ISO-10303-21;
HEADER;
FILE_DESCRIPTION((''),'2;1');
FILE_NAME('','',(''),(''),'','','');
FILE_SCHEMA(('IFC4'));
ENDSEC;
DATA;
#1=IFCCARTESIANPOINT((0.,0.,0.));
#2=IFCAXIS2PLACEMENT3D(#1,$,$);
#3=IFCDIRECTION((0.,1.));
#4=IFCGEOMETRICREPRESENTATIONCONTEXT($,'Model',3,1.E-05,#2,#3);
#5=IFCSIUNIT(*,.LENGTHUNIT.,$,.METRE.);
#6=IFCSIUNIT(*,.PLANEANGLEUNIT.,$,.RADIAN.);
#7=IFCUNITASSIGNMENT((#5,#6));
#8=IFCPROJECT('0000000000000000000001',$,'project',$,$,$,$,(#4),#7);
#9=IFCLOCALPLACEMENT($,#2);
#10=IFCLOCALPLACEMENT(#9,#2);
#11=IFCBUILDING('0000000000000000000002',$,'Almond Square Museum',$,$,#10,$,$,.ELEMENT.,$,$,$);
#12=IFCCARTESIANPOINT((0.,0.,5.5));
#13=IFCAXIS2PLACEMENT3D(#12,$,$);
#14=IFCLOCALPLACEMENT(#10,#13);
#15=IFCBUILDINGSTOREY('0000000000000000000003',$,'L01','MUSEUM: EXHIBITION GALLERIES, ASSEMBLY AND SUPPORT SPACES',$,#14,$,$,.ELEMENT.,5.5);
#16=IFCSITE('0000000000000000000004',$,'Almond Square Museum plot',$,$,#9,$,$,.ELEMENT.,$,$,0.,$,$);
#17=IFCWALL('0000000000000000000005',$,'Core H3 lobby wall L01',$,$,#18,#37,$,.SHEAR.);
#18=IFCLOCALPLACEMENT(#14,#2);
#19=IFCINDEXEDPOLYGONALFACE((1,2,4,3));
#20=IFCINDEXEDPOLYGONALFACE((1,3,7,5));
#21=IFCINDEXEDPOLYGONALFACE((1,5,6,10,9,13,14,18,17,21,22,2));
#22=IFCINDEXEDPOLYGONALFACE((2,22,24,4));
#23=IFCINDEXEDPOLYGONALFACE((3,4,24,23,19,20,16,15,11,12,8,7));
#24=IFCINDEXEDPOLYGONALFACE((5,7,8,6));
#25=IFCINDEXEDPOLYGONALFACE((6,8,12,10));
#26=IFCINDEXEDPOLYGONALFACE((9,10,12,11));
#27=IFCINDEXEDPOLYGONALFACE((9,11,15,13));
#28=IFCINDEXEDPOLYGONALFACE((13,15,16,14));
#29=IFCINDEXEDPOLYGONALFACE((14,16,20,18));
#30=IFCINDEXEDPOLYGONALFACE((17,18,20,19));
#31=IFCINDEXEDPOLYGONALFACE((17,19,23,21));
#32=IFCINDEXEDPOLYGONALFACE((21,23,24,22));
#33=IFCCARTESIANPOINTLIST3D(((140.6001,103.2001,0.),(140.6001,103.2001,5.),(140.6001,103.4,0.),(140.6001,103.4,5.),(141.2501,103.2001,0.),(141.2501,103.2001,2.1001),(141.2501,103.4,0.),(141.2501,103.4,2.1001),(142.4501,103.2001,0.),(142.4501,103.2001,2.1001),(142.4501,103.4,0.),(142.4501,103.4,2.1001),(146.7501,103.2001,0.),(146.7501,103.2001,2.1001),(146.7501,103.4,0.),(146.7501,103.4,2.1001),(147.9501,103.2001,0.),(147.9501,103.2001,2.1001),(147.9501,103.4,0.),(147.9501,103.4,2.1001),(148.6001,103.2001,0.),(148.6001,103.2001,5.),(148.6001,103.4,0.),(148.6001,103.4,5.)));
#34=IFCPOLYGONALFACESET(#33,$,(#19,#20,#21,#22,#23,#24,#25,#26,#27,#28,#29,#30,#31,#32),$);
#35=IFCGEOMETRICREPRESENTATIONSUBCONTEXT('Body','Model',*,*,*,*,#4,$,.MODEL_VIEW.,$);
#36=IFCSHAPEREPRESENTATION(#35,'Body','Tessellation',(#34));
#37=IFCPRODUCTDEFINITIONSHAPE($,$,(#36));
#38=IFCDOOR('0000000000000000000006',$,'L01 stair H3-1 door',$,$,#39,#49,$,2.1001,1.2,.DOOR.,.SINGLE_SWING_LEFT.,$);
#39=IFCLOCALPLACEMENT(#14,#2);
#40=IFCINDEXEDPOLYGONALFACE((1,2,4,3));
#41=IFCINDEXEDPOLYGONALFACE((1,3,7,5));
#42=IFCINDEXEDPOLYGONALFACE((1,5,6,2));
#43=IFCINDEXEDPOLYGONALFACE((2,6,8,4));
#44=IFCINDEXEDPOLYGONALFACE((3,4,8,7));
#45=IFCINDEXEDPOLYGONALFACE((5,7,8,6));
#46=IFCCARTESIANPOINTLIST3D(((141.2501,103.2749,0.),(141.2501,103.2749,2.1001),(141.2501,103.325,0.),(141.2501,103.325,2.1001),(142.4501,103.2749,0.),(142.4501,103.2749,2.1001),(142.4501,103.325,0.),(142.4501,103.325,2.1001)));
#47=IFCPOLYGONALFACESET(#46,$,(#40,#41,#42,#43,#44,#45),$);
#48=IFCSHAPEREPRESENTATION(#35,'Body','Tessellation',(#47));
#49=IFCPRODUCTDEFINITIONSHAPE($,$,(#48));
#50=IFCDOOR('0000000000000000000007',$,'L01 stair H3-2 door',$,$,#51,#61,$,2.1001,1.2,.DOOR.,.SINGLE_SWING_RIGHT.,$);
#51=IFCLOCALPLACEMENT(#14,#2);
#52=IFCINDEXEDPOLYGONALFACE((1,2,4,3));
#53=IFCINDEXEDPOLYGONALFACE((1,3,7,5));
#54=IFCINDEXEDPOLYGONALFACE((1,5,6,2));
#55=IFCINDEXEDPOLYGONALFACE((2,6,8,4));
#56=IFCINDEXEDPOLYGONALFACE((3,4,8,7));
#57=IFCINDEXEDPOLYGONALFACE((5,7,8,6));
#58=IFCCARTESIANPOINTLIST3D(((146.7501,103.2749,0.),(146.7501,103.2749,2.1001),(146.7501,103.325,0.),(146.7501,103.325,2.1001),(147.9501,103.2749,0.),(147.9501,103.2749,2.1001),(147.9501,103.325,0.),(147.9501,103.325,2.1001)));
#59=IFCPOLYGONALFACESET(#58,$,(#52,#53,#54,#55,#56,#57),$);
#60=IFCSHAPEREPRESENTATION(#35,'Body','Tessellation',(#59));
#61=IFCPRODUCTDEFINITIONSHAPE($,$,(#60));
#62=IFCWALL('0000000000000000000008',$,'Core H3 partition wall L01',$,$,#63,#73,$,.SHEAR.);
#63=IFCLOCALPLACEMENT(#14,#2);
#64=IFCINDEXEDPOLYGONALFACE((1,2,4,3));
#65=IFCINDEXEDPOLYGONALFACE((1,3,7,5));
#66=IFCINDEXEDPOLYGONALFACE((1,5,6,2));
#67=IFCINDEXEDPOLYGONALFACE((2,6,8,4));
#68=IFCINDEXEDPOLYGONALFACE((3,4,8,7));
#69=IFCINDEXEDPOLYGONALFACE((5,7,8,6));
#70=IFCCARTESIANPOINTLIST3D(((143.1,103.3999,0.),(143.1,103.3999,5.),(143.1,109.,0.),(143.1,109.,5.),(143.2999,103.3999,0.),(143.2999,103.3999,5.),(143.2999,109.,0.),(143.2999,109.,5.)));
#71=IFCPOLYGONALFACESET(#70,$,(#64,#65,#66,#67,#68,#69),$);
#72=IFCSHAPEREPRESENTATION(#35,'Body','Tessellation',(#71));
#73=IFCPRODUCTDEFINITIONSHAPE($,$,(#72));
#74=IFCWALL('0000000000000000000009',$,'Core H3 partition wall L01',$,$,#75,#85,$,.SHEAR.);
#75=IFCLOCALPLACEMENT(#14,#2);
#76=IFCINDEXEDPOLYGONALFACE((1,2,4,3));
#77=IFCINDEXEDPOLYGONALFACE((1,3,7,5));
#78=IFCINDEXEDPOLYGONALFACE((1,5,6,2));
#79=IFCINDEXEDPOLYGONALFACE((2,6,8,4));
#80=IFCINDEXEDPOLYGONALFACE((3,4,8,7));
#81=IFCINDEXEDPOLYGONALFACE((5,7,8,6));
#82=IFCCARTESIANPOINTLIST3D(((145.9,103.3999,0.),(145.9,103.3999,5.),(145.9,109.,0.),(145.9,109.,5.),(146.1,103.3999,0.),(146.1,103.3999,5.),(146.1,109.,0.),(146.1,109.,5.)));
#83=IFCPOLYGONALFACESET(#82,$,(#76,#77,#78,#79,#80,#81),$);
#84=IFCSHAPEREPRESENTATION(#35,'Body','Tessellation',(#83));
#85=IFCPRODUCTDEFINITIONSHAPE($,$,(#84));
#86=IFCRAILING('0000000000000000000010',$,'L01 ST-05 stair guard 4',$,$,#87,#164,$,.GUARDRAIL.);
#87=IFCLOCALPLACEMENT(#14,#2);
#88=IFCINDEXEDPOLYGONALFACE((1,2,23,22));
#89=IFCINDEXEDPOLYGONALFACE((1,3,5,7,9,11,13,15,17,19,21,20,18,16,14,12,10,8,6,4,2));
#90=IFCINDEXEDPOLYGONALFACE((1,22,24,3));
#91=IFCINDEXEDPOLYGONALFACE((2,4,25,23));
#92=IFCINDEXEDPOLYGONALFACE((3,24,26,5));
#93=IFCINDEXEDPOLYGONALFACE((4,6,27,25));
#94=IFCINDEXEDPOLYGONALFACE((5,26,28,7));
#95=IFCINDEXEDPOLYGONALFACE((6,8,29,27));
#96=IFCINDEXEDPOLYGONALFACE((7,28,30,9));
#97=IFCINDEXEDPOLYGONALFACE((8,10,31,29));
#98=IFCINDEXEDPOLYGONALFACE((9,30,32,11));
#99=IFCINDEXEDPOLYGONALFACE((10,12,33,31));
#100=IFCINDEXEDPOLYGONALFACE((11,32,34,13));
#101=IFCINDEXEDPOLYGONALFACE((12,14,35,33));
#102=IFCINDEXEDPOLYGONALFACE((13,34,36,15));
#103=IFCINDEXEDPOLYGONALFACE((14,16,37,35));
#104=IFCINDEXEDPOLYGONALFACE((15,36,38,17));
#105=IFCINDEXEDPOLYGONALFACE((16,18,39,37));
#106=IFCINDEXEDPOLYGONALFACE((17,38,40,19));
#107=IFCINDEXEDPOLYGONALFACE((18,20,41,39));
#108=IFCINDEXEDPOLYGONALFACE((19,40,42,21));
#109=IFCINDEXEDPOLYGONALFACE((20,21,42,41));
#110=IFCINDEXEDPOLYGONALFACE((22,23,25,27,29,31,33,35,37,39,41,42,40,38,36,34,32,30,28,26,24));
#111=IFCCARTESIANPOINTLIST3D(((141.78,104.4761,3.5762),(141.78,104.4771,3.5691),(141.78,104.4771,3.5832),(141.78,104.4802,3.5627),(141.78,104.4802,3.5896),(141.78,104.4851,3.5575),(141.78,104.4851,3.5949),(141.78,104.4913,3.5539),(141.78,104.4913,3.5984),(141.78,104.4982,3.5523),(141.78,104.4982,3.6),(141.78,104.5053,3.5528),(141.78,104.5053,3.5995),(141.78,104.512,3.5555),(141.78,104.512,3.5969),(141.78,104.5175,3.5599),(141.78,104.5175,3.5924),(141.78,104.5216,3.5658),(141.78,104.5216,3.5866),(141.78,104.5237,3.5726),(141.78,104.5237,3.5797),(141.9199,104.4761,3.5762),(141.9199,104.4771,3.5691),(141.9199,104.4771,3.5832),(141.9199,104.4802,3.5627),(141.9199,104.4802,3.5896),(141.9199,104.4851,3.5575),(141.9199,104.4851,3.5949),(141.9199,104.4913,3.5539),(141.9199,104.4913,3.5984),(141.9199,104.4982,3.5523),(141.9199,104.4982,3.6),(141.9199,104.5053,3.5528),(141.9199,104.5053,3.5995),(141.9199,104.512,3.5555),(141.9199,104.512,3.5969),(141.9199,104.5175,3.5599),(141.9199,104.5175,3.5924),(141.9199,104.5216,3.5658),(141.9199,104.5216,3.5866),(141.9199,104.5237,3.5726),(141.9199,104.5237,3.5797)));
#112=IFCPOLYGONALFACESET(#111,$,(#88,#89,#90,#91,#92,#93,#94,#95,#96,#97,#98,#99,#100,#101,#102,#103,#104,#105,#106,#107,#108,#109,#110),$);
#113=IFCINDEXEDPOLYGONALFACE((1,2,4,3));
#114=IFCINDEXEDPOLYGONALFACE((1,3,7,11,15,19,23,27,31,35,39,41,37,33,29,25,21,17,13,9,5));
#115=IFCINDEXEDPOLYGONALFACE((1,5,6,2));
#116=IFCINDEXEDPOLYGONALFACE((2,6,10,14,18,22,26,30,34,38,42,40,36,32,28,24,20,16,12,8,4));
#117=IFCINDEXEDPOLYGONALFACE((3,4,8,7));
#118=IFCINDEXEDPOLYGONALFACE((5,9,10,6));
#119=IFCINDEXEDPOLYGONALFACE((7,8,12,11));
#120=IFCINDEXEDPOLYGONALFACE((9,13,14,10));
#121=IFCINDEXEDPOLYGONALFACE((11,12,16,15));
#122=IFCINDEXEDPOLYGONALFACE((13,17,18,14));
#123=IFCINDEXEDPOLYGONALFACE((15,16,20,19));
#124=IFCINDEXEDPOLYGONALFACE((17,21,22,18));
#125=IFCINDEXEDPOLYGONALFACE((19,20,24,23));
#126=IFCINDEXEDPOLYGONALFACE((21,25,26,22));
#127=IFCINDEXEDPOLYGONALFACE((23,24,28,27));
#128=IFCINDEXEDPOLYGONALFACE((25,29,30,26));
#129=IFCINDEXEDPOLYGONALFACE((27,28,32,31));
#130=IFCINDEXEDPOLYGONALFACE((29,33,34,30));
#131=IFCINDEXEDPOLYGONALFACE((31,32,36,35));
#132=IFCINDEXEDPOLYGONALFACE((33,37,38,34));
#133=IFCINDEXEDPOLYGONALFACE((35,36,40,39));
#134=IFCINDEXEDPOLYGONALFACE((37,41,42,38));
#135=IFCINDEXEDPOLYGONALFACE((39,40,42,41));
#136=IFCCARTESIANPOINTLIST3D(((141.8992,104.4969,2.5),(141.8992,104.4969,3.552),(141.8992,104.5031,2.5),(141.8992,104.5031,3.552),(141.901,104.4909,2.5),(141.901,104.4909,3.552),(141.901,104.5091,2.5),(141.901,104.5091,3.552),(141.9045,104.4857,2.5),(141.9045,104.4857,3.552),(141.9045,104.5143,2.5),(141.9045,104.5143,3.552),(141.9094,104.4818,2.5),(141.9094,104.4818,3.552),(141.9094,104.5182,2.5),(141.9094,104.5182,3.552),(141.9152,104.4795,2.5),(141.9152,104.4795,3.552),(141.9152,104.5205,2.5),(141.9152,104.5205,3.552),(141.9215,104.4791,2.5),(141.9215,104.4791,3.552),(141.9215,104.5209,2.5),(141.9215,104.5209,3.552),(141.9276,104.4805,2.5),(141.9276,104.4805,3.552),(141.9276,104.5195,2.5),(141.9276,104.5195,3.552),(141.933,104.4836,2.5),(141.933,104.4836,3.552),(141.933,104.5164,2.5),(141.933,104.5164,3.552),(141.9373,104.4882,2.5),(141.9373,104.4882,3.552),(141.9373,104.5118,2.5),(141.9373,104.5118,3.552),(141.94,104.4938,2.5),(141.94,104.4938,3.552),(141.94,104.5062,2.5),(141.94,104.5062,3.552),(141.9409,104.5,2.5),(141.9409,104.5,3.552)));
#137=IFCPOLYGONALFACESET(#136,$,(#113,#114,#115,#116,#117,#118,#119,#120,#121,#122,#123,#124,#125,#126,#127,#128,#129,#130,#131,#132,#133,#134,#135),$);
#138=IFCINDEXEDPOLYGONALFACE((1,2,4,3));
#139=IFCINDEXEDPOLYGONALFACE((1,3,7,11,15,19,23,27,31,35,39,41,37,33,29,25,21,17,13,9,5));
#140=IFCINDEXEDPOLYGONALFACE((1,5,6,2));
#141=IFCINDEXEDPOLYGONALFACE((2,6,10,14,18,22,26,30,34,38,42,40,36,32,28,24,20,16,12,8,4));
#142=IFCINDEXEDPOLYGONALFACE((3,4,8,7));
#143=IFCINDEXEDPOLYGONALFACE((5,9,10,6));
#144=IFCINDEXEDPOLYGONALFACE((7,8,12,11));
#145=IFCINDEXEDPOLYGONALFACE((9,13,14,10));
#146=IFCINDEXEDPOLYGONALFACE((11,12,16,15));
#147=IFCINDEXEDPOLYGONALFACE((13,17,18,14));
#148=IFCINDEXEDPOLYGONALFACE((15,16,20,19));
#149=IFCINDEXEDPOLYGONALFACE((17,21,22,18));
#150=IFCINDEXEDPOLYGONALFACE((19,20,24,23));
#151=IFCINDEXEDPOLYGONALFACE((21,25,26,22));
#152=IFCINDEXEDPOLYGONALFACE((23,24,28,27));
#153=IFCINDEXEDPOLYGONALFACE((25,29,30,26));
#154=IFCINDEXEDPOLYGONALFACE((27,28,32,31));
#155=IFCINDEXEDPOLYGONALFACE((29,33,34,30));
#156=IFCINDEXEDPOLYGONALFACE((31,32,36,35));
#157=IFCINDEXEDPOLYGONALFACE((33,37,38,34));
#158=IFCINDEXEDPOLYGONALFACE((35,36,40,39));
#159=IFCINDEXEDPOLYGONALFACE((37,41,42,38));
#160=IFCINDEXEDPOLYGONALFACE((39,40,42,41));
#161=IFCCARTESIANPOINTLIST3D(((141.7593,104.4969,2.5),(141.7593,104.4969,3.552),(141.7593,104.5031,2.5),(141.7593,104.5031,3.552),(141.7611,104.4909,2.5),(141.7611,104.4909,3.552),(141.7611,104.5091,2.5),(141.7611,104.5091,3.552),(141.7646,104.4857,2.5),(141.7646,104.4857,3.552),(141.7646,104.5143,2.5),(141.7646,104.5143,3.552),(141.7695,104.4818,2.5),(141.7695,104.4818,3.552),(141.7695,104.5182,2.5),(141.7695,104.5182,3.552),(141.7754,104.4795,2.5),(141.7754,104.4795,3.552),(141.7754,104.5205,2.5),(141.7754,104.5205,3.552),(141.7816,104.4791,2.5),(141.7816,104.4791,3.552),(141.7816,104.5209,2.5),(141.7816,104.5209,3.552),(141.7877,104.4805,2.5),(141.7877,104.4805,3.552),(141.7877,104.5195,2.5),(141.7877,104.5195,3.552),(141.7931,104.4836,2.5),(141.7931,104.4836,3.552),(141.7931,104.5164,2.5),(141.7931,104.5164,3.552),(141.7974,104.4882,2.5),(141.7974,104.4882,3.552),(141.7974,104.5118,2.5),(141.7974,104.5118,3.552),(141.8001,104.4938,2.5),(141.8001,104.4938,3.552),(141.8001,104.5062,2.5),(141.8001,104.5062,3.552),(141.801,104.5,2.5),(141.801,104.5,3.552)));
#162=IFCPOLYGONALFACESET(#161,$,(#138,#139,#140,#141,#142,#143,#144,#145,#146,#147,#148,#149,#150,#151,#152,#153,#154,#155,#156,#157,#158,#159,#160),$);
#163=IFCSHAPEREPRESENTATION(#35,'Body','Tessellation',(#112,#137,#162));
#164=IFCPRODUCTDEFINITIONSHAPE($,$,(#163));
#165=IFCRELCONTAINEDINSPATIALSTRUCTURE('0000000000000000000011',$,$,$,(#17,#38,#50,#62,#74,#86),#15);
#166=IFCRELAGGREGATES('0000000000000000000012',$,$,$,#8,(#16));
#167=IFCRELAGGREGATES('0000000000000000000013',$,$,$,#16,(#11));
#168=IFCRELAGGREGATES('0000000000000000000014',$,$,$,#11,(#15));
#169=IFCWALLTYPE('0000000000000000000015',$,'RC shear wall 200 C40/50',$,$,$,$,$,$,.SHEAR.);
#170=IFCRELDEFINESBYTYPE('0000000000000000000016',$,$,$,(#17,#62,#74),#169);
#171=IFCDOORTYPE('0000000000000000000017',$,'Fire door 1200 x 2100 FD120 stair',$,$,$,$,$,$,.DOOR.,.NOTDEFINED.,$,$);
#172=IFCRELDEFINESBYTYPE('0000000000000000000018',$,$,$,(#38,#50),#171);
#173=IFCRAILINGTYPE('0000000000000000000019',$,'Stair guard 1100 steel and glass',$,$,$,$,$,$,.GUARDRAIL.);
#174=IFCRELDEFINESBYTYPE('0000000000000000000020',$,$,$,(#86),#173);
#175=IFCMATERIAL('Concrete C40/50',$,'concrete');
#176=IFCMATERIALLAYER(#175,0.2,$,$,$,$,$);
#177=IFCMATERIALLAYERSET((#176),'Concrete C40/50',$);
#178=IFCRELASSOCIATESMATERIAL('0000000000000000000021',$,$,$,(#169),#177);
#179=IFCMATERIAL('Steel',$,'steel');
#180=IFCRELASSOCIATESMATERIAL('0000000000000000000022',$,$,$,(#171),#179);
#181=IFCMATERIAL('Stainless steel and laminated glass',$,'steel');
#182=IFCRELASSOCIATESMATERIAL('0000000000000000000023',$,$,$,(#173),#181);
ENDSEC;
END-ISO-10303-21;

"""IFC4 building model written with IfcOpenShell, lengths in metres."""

from ifc_helpers import new_model, si_unit, direction, frame, frame_2d, origin, origin_2d, place, context, subcontext, project, spatial, rectangle, circle, extrude, material, layer, layer_set, type_object, element, fill, save


model = new_model("IFC4")

# Units and contexts
model_context = context("Model", 3, precision=1e-05, world=origin(), true_north=direction((0.0, 1.0)))
body_context = subcontext(model_context, "Body", "Model", "MODEL_VIEW")
ifc_project = project(units=[si_unit("LENGTHUNIT", "METRE"), si_unit("PLANEANGLEUNIT", "RADIAN")], contexts=[model_context])

# Site, building, storey
site_placement = place(None, origin())
site = spatial("IfcSite", under=ifc_project, at=site_placement, Name="Almond Square Museum plot", CompositionType="ELEMENT", RefElevation=0.0)
building_placement = place(site_placement, origin())
building = spatial("IfcBuilding", under=site, at=building_placement, Name="Almond Square Museum", CompositionType="ELEMENT")
storey_placement = place(building_placement, frame((0.0, 0.0, 5.5)))
storey = spatial("IfcBuildingStorey", under=building, at=storey_placement, Name="L01", Description="MUSEUM: EXHIBITION GALLERIES, ASSEMBLY AND SUPPORT SPACES", CompositionType="ELEMENT", Elevation=5.5)

# Shared definitions
ifc_material_1 = material(Name="Concrete C40/50", Category="concrete")
ifc_layer_1 = layer(ifc_material_1, 0.2)
ifc_layer_set_1 = layer_set([ifc_layer_1], Name="Concrete C40/50")
wall_type_1 = type_object("IfcWallType", Name="RC shear wall 200 C40/50", PredefinedType="SHEAR", material=ifc_layer_set_1)

# Wall, openings, doors
wall_1_placement = place(storey_placement, frame((140.6001, 103.3, 0.0), z_axis=(0.0, 0.0, 1.0), x_axis=(1.0, 0.0, 0.0)))
wall_1 = element("IfcWall", 1, at=wall_1_placement, inside=storey, type_object=wall_type_1, Name="Core H3 lobby wall L01", PredefinedType="SHEAR", context=body_context, shape_type="SweptSolid", body=[
    extrude(rectangle(XDim=8.0, YDim=0.2, at=frame_2d((4.0, 0.0))), origin(), (0.0, 0.0, 1.0), 5.0),
])
opening_1_placement = place(wall_1_placement, frame((0.6499, 0.0, 0.0)))
opening_1 = element("IfcOpeningElement", 2, at=opening_1_placement, cuts=wall_1, PredefinedType="OPENING", context=body_context, shape_type="SweptSolid", body=[
    extrude(rectangle(XDim=1.2, YDim=2.1001, at=frame_2d((0.6001, 1.05))), frame((0.0, 0.1099, 0.0), z_axis=(0.0, -1.0, 0.0), x_axis=(1.0, 0.0, 0.0)), (0.0, 0.0, 1.0), 0.22),
])
opening_2_placement = place(wall_1_placement, frame((6.1499, 0.0, 0.0)))
opening_2 = element("IfcOpeningElement", 3, at=opening_2_placement, cuts=wall_1, PredefinedType="OPENING", context=body_context, shape_type="SweptSolid", body=[
    extrude(rectangle(XDim=1.2, YDim=2.1001, at=frame_2d((0.6001, 1.05))), frame((0.0, 0.1099, 0.0), z_axis=(0.0, -1.0, 0.0), x_axis=(1.0, 0.0, 0.0)), (0.0, 0.0, 1.0), 0.22),
])
ifc_material_2 = material(Name="Steel", Category="steel")
door_type_1 = type_object("IfcDoorType", Name="Fire door 1200 x 2100 FD120 stair", OperationType="NOTDEFINED", PredefinedType="DOOR", material=ifc_material_2)
door_1_placement = place(opening_1_placement, origin())
door_1 = element("IfcDoor", 4, at=door_1_placement, inside=storey, type_object=door_type_1, Name="L01 stair H3-1 door", OperationType="SINGLE_SWING_LEFT", OverallHeight=2.1001, OverallWidth=1.2, PredefinedType="DOOR", context=body_context, shape_type="SweptSolid", body=[
    extrude(rectangle(XDim=1.2, YDim=2.1001, at=frame_2d((0.6001, 1.05))), frame((0.0, 0.0249, 0.0), z_axis=(0.0, -1.0, 0.0), x_axis=(1.0, 0.0, 0.0)), (0.0, 0.0, 1.0), 0.05),
])
fill(opening_1, door_1)
door_2_placement = place(opening_2_placement, origin())
door_2 = element("IfcDoor", 5, at=door_2_placement, inside=storey, type_object=door_type_1, Name="L01 stair H3-2 door", OperationType="SINGLE_SWING_RIGHT", OverallHeight=2.1001, OverallWidth=1.2, PredefinedType="DOOR", context=body_context, shape_type="SweptSolid", body=[
    extrude(rectangle(XDim=1.2, YDim=2.1001, at=frame_2d((0.6001, 1.05))), frame((0.0, 0.0249, 0.0), z_axis=(0.0, -1.0, 0.0), x_axis=(1.0, 0.0, 0.0)), (0.0, 0.0, 1.0), 0.05),
])
fill(opening_2, door_2)

# Walls
for number, where, z_axis, x_axis, name in (
    (6, (143.2, 103.3999, 0.0), (0.0, 0.0, 1.0), (0.0, 1.0, 0.0), "Core H3 partition wall L01"),
    (7, (146.0, 103.3999, 0.0), (0.0, 0.0, 1.0), (0.0, 1.0, 0.0), "Core H3 partition wall L01"),
):
    element("IfcWall", number, at=place(storey_placement, frame(where, z_axis=z_axis, x_axis=x_axis)), inside=storey, type_object=wall_type_1, Name=name, PredefinedType="SHEAR", context=body_context, shape_type="SweptSolid", body=[
        extrude(rectangle(XDim=5.6001, YDim=0.2, at=frame_2d((2.8, 0.0))), origin(), (0.0, 0.0, 1.0), 5.0),
    ])

# Railing
ifc_material_3 = material(Name="Stainless steel and laminated glass", Category="steel")
railing_type = type_object("IfcRailingType", Name="Stair guard 1100 steel and glass", PredefinedType="GUARDRAIL", material=ifc_material_3)
for number, where, name in (
    (8, (141.9199, 104.5, 2.5), "L01 ST-05 stair guard 4"),
):
    element("IfcRailing", number, at=place(storey_placement, frame(where)), inside=storey, type_object=railing_type, Name=name, PredefinedType="GUARDRAIL", context=body_context, shape_type="SweptSolid", body=[
        extrude(circle(Radius=0.0239, at=origin_2d()), frame((0.0, 0.0, 1.0762), z_axis=(-1.0, 0.0, 0.0), x_axis=(0.0, -1.0, 0.0)), (0.0, 0.0, 1.0), 0.1399),
        extrude(circle(Radius=0.021, at=origin_2d()), origin(), (0.0, 0.0, 1.0), 1.052),
        extrude(circle(Radius=0.021, at=origin_2d()), frame((-0.1399, 0.0, 0.0)), (0.0, 0.0, 1.0), 1.052),
    ])

save(model, "model.ifc")
